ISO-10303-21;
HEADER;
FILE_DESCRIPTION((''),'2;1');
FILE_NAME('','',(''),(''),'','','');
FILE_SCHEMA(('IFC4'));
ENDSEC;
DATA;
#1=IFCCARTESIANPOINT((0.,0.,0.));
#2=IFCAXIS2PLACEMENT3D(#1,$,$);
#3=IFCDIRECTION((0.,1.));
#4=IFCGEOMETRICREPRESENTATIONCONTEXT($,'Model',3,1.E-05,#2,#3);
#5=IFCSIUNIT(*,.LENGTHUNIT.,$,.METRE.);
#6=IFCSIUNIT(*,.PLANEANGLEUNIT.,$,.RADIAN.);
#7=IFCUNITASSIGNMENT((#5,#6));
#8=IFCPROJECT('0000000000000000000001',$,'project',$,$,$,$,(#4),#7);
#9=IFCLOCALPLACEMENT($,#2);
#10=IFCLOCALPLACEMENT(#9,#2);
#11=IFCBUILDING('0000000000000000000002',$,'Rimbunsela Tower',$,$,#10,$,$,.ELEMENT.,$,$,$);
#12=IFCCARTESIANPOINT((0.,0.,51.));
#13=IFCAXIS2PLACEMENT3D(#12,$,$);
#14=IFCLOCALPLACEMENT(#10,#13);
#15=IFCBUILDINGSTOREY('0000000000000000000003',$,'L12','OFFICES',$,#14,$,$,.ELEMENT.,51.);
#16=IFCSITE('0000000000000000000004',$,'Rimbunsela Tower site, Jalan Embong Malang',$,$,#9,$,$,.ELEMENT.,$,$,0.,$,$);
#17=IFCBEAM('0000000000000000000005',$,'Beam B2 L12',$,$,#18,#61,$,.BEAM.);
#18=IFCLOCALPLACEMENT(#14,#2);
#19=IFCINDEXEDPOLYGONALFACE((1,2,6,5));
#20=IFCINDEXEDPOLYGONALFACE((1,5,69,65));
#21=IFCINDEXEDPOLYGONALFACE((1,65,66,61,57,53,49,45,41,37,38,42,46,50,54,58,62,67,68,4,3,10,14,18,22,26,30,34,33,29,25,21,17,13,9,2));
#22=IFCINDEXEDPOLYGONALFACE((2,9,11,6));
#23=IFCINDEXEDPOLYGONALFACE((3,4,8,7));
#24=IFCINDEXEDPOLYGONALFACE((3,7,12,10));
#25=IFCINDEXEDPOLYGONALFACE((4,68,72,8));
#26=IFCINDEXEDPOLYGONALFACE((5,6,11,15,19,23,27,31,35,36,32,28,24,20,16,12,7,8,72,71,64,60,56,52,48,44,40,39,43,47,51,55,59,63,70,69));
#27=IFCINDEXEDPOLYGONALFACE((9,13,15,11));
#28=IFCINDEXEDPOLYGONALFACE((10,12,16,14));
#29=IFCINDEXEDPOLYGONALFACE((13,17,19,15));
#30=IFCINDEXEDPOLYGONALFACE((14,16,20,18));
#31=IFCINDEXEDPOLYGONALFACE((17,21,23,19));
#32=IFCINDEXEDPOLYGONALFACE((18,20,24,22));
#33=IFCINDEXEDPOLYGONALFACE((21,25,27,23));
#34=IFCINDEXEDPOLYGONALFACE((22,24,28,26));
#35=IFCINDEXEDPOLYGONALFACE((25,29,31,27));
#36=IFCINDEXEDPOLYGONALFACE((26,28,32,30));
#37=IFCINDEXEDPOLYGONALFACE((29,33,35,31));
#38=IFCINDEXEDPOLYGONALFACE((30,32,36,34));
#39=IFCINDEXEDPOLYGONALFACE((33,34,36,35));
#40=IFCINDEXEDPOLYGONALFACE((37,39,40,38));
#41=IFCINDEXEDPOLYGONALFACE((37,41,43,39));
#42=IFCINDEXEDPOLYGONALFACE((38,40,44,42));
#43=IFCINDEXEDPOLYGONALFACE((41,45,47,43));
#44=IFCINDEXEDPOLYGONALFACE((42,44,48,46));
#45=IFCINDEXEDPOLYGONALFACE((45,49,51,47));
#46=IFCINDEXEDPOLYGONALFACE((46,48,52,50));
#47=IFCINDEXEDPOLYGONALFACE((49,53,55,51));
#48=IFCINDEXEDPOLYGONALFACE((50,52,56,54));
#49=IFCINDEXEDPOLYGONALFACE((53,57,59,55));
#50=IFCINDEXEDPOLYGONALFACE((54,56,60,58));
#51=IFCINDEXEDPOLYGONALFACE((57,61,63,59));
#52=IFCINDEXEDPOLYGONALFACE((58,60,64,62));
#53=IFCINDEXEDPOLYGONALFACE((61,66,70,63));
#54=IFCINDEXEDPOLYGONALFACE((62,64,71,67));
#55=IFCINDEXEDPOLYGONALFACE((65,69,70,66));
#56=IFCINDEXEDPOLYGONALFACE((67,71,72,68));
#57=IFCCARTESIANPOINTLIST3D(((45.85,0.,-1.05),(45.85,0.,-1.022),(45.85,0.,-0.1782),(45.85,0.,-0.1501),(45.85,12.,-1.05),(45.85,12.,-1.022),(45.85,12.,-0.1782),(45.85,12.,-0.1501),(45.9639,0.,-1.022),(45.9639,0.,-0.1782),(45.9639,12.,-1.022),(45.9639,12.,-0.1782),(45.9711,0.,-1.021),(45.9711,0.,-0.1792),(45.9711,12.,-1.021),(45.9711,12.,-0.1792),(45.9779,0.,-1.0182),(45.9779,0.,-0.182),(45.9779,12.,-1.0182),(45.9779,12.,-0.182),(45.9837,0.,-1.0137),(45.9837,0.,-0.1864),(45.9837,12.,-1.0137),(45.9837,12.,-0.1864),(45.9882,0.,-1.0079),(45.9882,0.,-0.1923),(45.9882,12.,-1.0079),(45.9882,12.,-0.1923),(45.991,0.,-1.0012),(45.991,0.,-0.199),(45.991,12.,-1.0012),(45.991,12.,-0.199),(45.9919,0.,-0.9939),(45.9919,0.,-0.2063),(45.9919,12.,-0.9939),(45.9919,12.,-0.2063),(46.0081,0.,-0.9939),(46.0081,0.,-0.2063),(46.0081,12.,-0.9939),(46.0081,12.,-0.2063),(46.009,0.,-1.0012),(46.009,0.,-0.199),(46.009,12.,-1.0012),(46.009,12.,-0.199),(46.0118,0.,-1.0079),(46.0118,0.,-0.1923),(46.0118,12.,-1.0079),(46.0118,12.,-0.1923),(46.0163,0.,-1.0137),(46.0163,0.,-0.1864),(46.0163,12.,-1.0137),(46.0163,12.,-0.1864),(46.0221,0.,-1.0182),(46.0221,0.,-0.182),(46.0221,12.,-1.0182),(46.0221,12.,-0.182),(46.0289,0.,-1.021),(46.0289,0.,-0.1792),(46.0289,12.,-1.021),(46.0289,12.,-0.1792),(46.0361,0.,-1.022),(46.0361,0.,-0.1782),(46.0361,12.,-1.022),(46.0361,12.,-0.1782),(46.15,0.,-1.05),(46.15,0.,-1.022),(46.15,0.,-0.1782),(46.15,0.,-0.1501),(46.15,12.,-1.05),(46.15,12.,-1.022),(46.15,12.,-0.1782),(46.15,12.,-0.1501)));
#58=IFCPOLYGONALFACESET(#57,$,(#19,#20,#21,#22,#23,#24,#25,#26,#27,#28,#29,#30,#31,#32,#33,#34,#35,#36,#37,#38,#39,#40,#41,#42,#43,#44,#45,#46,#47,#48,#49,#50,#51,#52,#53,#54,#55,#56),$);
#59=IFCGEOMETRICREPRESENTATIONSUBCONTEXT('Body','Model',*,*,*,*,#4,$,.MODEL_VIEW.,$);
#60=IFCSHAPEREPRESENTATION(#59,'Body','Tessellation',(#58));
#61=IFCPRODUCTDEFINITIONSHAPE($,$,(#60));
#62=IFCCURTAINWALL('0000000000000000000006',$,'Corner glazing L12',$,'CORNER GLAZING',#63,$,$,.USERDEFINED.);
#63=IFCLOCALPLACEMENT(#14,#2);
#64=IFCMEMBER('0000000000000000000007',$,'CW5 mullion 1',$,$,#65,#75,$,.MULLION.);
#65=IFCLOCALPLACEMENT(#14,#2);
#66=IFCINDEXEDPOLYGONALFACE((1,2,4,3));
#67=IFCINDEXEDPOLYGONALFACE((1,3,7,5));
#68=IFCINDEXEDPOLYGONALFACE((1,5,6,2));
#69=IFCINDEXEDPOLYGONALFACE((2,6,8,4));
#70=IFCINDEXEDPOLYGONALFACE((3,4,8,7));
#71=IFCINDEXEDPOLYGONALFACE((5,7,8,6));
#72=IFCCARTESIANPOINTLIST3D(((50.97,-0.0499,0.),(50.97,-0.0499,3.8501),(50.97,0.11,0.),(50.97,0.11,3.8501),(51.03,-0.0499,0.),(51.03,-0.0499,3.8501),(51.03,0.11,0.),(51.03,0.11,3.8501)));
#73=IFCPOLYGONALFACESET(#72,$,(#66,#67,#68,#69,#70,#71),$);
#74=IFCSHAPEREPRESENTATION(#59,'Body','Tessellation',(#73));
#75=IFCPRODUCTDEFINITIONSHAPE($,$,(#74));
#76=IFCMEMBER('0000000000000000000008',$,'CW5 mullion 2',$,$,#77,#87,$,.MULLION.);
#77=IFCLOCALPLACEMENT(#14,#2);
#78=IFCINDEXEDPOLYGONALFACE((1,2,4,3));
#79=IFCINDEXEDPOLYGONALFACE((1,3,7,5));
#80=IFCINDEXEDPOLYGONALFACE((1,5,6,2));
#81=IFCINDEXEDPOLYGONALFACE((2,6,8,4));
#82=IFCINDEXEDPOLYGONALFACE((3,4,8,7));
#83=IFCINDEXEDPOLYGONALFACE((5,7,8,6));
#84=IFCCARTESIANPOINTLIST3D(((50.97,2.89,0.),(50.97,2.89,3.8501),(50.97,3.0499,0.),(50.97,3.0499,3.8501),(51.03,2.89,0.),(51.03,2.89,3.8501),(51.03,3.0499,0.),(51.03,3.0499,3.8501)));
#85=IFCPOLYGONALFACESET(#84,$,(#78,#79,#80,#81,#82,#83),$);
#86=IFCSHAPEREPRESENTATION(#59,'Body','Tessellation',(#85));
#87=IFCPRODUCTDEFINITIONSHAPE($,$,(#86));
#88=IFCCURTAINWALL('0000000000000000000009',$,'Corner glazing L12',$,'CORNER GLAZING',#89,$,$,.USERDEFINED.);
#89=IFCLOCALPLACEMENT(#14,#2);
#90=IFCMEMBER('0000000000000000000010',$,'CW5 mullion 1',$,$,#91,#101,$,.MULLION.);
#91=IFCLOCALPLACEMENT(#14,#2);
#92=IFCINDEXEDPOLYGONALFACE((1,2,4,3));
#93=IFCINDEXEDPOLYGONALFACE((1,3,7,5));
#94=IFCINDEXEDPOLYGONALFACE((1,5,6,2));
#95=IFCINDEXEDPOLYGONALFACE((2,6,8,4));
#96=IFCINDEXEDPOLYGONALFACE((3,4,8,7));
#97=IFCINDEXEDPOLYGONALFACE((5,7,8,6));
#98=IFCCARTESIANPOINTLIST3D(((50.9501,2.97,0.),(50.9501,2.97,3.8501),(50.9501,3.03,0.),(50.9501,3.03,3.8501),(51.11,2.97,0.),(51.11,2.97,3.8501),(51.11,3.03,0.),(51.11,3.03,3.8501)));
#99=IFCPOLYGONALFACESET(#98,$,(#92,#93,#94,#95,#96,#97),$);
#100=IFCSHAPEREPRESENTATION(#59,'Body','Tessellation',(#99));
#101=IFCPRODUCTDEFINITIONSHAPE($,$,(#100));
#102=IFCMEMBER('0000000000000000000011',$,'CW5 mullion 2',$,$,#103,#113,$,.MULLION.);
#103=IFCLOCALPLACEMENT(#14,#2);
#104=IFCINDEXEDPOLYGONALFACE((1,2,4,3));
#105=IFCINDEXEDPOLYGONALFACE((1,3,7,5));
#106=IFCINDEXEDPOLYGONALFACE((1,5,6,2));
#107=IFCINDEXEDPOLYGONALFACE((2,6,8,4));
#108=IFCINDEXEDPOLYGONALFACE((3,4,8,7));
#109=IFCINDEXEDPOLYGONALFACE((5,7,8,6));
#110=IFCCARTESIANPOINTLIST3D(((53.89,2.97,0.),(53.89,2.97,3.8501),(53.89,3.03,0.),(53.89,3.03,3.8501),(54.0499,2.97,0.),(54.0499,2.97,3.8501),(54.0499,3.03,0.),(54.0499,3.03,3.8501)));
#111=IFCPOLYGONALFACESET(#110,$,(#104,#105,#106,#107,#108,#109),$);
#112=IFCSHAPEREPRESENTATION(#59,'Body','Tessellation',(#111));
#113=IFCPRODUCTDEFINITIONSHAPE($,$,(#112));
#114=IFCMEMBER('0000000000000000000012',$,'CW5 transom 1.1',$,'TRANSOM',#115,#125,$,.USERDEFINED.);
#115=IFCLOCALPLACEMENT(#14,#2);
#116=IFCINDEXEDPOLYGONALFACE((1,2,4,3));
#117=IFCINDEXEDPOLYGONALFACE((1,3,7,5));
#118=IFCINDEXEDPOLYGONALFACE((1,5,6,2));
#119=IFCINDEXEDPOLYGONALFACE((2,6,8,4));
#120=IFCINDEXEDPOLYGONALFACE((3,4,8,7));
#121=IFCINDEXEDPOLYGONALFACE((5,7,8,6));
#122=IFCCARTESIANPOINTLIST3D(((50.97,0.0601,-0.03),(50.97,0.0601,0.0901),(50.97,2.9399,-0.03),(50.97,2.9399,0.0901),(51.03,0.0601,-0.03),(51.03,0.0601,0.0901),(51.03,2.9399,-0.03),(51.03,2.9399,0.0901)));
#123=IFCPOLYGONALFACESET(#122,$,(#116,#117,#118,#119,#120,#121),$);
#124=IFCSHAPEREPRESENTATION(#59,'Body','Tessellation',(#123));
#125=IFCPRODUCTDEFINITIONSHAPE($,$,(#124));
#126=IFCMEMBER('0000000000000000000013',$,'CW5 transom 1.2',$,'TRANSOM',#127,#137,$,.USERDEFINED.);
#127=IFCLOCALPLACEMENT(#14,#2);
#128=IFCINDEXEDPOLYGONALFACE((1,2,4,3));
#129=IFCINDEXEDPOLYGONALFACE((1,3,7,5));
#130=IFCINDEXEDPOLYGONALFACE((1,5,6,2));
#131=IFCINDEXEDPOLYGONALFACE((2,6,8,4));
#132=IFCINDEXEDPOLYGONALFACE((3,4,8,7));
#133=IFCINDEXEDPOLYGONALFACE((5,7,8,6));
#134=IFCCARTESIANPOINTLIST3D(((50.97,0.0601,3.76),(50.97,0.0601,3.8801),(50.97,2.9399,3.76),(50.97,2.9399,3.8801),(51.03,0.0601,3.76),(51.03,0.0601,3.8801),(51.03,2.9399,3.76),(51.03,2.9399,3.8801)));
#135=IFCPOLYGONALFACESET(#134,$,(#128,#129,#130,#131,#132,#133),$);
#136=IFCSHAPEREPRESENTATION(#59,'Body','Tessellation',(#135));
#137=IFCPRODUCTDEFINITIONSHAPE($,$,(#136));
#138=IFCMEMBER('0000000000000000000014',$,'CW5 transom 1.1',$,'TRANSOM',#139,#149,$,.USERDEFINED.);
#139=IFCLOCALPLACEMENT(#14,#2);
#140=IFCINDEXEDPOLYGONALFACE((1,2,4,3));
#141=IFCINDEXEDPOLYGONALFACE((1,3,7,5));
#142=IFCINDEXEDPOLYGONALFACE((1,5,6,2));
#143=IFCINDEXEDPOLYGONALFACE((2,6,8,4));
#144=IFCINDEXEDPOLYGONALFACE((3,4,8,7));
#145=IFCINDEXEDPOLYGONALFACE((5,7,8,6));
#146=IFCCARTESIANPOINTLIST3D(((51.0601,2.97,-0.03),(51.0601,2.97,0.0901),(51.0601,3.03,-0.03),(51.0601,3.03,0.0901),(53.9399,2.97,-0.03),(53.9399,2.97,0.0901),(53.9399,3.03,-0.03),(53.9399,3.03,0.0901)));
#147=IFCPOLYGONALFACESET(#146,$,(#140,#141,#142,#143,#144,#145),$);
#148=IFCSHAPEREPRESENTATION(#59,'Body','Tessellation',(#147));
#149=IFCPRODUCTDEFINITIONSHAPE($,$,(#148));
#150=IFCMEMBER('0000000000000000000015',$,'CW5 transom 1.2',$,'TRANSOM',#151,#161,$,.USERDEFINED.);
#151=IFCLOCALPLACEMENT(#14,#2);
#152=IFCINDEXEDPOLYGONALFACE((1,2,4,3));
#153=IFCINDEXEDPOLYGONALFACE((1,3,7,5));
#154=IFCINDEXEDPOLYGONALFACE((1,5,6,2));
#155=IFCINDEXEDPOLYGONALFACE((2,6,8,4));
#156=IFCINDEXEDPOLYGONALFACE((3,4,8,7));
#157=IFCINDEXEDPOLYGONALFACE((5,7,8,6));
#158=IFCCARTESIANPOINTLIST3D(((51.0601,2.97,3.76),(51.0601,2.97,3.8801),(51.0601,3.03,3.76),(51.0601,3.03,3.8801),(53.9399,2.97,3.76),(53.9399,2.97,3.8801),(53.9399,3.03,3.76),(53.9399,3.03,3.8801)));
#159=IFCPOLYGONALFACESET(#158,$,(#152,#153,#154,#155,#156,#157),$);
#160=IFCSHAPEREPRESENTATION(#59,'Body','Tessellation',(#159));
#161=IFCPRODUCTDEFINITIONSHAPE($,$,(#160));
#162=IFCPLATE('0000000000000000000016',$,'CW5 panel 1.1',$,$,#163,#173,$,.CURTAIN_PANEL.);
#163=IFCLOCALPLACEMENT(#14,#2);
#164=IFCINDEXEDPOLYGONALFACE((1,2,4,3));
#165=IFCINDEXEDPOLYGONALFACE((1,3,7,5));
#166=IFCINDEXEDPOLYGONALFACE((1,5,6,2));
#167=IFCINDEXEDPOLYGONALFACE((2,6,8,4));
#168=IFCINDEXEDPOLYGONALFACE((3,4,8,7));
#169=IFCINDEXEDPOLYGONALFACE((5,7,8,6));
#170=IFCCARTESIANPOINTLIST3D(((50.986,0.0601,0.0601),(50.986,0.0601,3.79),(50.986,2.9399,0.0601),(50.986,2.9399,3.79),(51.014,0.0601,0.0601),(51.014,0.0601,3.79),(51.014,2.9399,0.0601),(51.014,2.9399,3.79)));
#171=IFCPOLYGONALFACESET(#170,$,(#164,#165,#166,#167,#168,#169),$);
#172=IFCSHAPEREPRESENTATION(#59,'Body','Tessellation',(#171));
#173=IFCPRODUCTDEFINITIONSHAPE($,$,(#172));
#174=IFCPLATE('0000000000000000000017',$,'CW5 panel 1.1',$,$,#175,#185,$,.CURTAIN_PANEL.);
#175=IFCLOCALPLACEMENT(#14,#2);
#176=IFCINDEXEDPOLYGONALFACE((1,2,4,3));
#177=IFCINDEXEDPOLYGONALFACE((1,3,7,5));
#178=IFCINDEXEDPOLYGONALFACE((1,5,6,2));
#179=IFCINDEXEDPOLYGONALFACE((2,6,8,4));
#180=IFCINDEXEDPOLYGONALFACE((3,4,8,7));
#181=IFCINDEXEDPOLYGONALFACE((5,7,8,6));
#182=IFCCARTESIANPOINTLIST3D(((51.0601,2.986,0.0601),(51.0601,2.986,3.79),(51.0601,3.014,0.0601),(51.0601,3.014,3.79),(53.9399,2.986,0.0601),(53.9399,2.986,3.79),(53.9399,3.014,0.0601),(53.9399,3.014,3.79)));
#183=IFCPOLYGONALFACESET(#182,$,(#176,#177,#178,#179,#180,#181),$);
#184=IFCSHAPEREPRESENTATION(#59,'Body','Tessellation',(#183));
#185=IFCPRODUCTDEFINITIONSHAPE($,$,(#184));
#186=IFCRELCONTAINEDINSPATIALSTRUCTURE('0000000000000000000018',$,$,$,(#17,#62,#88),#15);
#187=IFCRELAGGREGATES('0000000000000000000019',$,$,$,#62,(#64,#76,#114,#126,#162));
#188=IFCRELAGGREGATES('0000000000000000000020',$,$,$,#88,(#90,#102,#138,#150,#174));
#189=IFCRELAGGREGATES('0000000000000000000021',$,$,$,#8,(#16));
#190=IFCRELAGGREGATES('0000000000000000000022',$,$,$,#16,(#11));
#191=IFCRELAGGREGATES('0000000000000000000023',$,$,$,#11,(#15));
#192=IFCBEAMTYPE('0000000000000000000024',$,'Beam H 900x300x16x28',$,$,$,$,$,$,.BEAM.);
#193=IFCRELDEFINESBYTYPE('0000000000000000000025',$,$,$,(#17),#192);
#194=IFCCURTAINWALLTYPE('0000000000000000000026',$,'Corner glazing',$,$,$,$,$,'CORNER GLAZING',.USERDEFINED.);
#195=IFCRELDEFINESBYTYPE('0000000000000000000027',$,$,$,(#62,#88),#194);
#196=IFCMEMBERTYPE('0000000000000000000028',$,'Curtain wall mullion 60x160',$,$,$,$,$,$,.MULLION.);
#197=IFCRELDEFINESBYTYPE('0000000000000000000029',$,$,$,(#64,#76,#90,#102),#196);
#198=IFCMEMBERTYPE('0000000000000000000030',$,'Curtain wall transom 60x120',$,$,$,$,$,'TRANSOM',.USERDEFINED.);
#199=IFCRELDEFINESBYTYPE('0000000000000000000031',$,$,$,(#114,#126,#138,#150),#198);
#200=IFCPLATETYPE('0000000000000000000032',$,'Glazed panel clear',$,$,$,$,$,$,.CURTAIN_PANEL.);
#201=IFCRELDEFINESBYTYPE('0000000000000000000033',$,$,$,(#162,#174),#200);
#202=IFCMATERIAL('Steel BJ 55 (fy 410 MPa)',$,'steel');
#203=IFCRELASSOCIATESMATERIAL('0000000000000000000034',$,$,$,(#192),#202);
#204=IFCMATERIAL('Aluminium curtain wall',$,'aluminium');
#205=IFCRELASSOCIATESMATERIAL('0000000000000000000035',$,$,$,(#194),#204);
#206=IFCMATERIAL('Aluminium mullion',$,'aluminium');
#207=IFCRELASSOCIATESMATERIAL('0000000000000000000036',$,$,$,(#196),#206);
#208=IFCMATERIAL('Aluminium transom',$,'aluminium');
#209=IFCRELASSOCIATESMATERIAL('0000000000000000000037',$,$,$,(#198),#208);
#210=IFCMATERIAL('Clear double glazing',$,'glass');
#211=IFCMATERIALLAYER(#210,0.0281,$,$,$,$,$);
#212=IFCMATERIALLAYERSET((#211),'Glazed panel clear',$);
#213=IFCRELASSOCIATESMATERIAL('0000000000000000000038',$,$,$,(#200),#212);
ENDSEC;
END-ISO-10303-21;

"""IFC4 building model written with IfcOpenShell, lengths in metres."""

from ifc_helpers import new_model, si_unit, direction, frame, origin, origin_2d, place, context, subcontext, project, spatial, rectangle, i_section, extrude, material, layer, layer_set, material_profile, profile_set, type_object, element, aggregate, save


model = new_model("IFC4")

# Units and contexts
model_context = context("Model", 3, precision=1e-05, world=origin(), true_north=direction((0.0, 1.0)))
body_context = subcontext(model_context, "Body", "Model", "MODEL_VIEW")
ifc_project = project(units=[si_unit("LENGTHUNIT", "METRE"), si_unit("PLANEANGLEUNIT", "RADIAN")], contexts=[model_context])

# Site, building, storey
site_placement = place(None, origin())
site = spatial("IfcSite", under=ifc_project, at=site_placement, Name="Rimbunsela Tower site, Jalan Embong Malang", CompositionType="ELEMENT", RefElevation=0.0)
building_placement = place(site_placement, origin())
building = spatial("IfcBuilding", under=site, at=building_placement, Name="Rimbunsela Tower", CompositionType="ELEMENT")
storey_placement = place(building_placement, frame((0.0, 0.0, 51.0)))
storey = spatial("IfcBuildingStorey", under=building, at=storey_placement, Name="L12", Description="OFFICES", CompositionType="ELEMENT", Elevation=51.0)

# Beam
ifc_material_1 = material(Name="Steel BJ 55 (fy 410 MPa)", Category="steel")
ifc_material_profile_1 = material_profile(ifc_material_1, i_section(OverallWidth=0.3, OverallDepth=0.8999, WebThickness=0.0161, FlangeThickness=0.0281, FilletRadius=0.0281, at=origin_2d()), Name="H 900x300x16x28")
ifc_profile_set_1 = profile_set([ifc_material_profile_1], Name="Steel BJ 55 (fy 410 MPa)")
beam_type_1 = type_object("IfcBeamType", Name="Beam H 900x300x16x28", PredefinedType="BEAM", material=ifc_profile_set_1)
beam_1_placement = place(storey_placement, frame((46.0, 0.0, -0.6001), z_axis=(0.0, 1.0, 0.0), x_axis=(-1.0, 0.0, 0.0)))
element("IfcBeam", 1, at=beam_1_placement, inside=storey, type_object=beam_type_1, Name="Beam B2 L12", PredefinedType="BEAM", context=body_context, shape_type="SweptSolid", body=[
    extrude(i_section(OverallWidth=0.3, OverallDepth=0.8999, WebThickness=0.0161, FlangeThickness=0.0281, FilletRadius=0.0281, at=origin_2d()), origin(), (0.0, 0.0, 1.0), 12.0),
])

# Curtain walls, members
ifc_material_2 = material(Name="Aluminium curtain wall", Category="aluminium")
curtain_wall_type = type_object("IfcCurtainWallType", Name="Corner glazing", ElementType="CORNER GLAZING", PredefinedType="USERDEFINED", material=ifc_material_2)
curtain_wall_1_placement = place(storey_placement, origin())
curtain_wall_1 = element("IfcCurtainWall", 2, at=curtain_wall_1_placement, inside=storey, type_object=curtain_wall_type, Name="Corner glazing L12", ObjectType="CORNER GLAZING", PredefinedType="USERDEFINED")
ifc_material_3 = material(Name="Aluminium mullion", Category="aluminium")
ifc_material_profile_2 = material_profile(ifc_material_3, rectangle(XDim=0.0601, YDim=0.1599, at=origin_2d()), Name="Mullion 60x160")
ifc_profile_set_2 = profile_set([ifc_material_profile_2], Name="Aluminium mullion")
member_type_1 = type_object("IfcMemberType", Name="Curtain wall mullion 60x160", PredefinedType="MULLION", material=ifc_profile_set_2)
member_1_placement = place(storey_placement, frame((51.0, 0.03, 0.0), z_axis=(0.0, 0.0, 1.0), x_axis=(-1.0, 0.0, 0.0)))
member_1 = element("IfcMember", 3, at=member_1_placement, type_object=member_type_1, Name="CW5 mullion 1", PredefinedType="MULLION", context=body_context, shape_type="SweptSolid", body=[
    extrude(rectangle(XDim=0.0601, YDim=0.1599, at=origin_2d()), origin(), (0.0, 0.0, 1.0), 3.8501),
])
member_2_placement = place(storey_placement, frame((51.0, 2.97, 0.0), z_axis=(0.0, 0.0, 1.0), x_axis=(-1.0, 0.0, 0.0)))
member_2 = element("IfcMember", 4, at=member_2_placement, type_object=member_type_1, Name="CW5 mullion 2", PredefinedType="MULLION", context=body_context, shape_type="SweptSolid", body=[
    extrude(rectangle(XDim=0.0601, YDim=0.1599, at=origin_2d()), origin(), (0.0, 0.0, 1.0), 3.8501),
])
curtain_wall_2_placement = place(storey_placement, origin())
curtain_wall_2 = element("IfcCurtainWall", 5, at=curtain_wall_2_placement, inside=storey, type_object=curtain_wall_type, Name="Corner glazing L12", ObjectType="CORNER GLAZING", PredefinedType="USERDEFINED")
member_3_placement = place(storey_placement, frame((51.03, 3.0, 0.0), z_axis=(0.0, 0.0, 1.0), x_axis=(0.0, 1.0, 0.0)))
member_3 = element("IfcMember", 6, at=member_3_placement, type_object=member_type_1, Name="CW5 mullion 1", PredefinedType="MULLION", context=body_context, shape_type="SweptSolid", body=[
    extrude(rectangle(XDim=0.0601, YDim=0.1599, at=origin_2d()), origin(), (0.0, 0.0, 1.0), 3.8501),
])
member_4_placement = place(storey_placement, frame((53.97, 3.0, 0.0), z_axis=(0.0, 0.0, 1.0), x_axis=(0.0, 1.0, 0.0)))
member_4 = element("IfcMember", 7, at=member_4_placement, type_object=member_type_1, Name="CW5 mullion 2", PredefinedType="MULLION", context=body_context, shape_type="SweptSolid", body=[
    extrude(rectangle(XDim=0.0601, YDim=0.1599, at=origin_2d()), origin(), (0.0, 0.0, 1.0), 3.8501),
])

# Members
ifc_material_4 = material(Name="Aluminium transom", Category="aluminium")
ifc_material_profile_3 = material_profile(ifc_material_4, rectangle(XDim=0.0601, YDim=0.1201, at=origin_2d()), Name="Transom 60x120")
ifc_profile_set_3 = profile_set([ifc_material_profile_3], Name="Aluminium transom")
member_type_2 = type_object("IfcMemberType", Name="Curtain wall transom 60x120", ElementType="TRANSOM", PredefinedType="USERDEFINED", material=ifc_profile_set_3)
member_5_placement = place(storey_placement, frame((51.0, 0.0601, 0.03), z_axis=(0.0, 1.0, 0.0), x_axis=(-1.0, 0.0, 0.0)))
member_5 = element("IfcMember", 8, at=member_5_placement, type_object=member_type_2, Name="CW5 transom 1.1", ObjectType="TRANSOM", PredefinedType="USERDEFINED", context=body_context, shape_type="SweptSolid", body=[
    extrude(rectangle(XDim=0.0601, YDim=0.1201, at=origin_2d()), origin(), (0.0, 0.0, 1.0), 2.8799),
])
member_6_placement = place(storey_placement, frame((51.0, 0.0601, 3.8201), z_axis=(0.0, 1.0, 0.0), x_axis=(-1.0, 0.0, 0.0)))
member_6 = element("IfcMember", 9, at=member_6_placement, type_object=member_type_2, Name="CW5 transom 1.2", ObjectType="TRANSOM", PredefinedType="USERDEFINED", context=body_context, shape_type="SweptSolid", body=[
    extrude(rectangle(XDim=0.0601, YDim=0.1201, at=origin_2d()), origin(), (0.0, 0.0, 1.0), 2.8799),
])
member_7_placement = place(storey_placement, frame((51.0601, 3.0, 0.03), z_axis=(1.0, 0.0, 0.0), x_axis=(0.0, 1.0, 0.0)))
member_7 = element("IfcMember", 10, at=member_7_placement, type_object=member_type_2, Name="CW5 transom 1.1", ObjectType="TRANSOM", PredefinedType="USERDEFINED", context=body_context, shape_type="SweptSolid", body=[
    extrude(rectangle(XDim=0.0601, YDim=0.1201, at=origin_2d()), origin(), (0.0, 0.0, 1.0), 2.8799),
])
member_8_placement = place(storey_placement, frame((51.0601, 3.0, 3.8201), z_axis=(1.0, 0.0, 0.0), x_axis=(0.0, 1.0, 0.0)))
member_8 = element("IfcMember", 11, at=member_8_placement, type_object=member_type_2, Name="CW5 transom 1.2", ObjectType="TRANSOM", PredefinedType="USERDEFINED", context=body_context, shape_type="SweptSolid", body=[
    extrude(rectangle(XDim=0.0601, YDim=0.1201, at=origin_2d()), origin(), (0.0, 0.0, 1.0), 2.8799),
])

# Plates
ifc_material_5 = material(Name="Clear double glazing", Category="glass")
ifc_layer_1 = layer(ifc_material_5, 0.0281)
ifc_layer_set_1 = layer_set([ifc_layer_1], Name="Glazed panel clear")
plate_type = type_object("IfcPlateType", Name="Glazed panel clear", PredefinedType="CURTAIN_PANEL", material=ifc_layer_set_1)
plate_1_placement = place(storey_placement, frame((51.0, 1.5, 0.0601), z_axis=(0.0, 0.0, 1.0), x_axis=(0.0, 1.0, 0.0)))
plate_1 = element("IfcPlate", 12, at=plate_1_placement, type_object=plate_type, Name="CW5 panel 1.1", PredefinedType="CURTAIN_PANEL", context=body_context, shape_type="SweptSolid", body=[
    extrude(rectangle(XDim=2.8799, YDim=0.0281, at=origin_2d()), origin(), (0.0, 0.0, 1.0), 3.73),
])
aggregate(curtain_wall_1, [member_1, member_2, member_5, member_6, plate_1])
plate_2_placement = place(storey_placement, frame((52.5, 3.0, 0.0601), z_axis=(0.0, 0.0, 1.0), x_axis=(1.0, 0.0, 0.0)))
plate_2 = element("IfcPlate", 13, at=plate_2_placement, type_object=plate_type, Name="CW5 panel 1.1", PredefinedType="CURTAIN_PANEL", context=body_context, shape_type="SweptSolid", body=[
    extrude(rectangle(XDim=2.8799, YDim=0.0281, at=origin_2d()), origin(), (0.0, 0.0, 1.0), 3.73),
])
aggregate(curtain_wall_2, [member_3, member_4, member_7, member_8, plate_2])

save(model, "model.ifc")
